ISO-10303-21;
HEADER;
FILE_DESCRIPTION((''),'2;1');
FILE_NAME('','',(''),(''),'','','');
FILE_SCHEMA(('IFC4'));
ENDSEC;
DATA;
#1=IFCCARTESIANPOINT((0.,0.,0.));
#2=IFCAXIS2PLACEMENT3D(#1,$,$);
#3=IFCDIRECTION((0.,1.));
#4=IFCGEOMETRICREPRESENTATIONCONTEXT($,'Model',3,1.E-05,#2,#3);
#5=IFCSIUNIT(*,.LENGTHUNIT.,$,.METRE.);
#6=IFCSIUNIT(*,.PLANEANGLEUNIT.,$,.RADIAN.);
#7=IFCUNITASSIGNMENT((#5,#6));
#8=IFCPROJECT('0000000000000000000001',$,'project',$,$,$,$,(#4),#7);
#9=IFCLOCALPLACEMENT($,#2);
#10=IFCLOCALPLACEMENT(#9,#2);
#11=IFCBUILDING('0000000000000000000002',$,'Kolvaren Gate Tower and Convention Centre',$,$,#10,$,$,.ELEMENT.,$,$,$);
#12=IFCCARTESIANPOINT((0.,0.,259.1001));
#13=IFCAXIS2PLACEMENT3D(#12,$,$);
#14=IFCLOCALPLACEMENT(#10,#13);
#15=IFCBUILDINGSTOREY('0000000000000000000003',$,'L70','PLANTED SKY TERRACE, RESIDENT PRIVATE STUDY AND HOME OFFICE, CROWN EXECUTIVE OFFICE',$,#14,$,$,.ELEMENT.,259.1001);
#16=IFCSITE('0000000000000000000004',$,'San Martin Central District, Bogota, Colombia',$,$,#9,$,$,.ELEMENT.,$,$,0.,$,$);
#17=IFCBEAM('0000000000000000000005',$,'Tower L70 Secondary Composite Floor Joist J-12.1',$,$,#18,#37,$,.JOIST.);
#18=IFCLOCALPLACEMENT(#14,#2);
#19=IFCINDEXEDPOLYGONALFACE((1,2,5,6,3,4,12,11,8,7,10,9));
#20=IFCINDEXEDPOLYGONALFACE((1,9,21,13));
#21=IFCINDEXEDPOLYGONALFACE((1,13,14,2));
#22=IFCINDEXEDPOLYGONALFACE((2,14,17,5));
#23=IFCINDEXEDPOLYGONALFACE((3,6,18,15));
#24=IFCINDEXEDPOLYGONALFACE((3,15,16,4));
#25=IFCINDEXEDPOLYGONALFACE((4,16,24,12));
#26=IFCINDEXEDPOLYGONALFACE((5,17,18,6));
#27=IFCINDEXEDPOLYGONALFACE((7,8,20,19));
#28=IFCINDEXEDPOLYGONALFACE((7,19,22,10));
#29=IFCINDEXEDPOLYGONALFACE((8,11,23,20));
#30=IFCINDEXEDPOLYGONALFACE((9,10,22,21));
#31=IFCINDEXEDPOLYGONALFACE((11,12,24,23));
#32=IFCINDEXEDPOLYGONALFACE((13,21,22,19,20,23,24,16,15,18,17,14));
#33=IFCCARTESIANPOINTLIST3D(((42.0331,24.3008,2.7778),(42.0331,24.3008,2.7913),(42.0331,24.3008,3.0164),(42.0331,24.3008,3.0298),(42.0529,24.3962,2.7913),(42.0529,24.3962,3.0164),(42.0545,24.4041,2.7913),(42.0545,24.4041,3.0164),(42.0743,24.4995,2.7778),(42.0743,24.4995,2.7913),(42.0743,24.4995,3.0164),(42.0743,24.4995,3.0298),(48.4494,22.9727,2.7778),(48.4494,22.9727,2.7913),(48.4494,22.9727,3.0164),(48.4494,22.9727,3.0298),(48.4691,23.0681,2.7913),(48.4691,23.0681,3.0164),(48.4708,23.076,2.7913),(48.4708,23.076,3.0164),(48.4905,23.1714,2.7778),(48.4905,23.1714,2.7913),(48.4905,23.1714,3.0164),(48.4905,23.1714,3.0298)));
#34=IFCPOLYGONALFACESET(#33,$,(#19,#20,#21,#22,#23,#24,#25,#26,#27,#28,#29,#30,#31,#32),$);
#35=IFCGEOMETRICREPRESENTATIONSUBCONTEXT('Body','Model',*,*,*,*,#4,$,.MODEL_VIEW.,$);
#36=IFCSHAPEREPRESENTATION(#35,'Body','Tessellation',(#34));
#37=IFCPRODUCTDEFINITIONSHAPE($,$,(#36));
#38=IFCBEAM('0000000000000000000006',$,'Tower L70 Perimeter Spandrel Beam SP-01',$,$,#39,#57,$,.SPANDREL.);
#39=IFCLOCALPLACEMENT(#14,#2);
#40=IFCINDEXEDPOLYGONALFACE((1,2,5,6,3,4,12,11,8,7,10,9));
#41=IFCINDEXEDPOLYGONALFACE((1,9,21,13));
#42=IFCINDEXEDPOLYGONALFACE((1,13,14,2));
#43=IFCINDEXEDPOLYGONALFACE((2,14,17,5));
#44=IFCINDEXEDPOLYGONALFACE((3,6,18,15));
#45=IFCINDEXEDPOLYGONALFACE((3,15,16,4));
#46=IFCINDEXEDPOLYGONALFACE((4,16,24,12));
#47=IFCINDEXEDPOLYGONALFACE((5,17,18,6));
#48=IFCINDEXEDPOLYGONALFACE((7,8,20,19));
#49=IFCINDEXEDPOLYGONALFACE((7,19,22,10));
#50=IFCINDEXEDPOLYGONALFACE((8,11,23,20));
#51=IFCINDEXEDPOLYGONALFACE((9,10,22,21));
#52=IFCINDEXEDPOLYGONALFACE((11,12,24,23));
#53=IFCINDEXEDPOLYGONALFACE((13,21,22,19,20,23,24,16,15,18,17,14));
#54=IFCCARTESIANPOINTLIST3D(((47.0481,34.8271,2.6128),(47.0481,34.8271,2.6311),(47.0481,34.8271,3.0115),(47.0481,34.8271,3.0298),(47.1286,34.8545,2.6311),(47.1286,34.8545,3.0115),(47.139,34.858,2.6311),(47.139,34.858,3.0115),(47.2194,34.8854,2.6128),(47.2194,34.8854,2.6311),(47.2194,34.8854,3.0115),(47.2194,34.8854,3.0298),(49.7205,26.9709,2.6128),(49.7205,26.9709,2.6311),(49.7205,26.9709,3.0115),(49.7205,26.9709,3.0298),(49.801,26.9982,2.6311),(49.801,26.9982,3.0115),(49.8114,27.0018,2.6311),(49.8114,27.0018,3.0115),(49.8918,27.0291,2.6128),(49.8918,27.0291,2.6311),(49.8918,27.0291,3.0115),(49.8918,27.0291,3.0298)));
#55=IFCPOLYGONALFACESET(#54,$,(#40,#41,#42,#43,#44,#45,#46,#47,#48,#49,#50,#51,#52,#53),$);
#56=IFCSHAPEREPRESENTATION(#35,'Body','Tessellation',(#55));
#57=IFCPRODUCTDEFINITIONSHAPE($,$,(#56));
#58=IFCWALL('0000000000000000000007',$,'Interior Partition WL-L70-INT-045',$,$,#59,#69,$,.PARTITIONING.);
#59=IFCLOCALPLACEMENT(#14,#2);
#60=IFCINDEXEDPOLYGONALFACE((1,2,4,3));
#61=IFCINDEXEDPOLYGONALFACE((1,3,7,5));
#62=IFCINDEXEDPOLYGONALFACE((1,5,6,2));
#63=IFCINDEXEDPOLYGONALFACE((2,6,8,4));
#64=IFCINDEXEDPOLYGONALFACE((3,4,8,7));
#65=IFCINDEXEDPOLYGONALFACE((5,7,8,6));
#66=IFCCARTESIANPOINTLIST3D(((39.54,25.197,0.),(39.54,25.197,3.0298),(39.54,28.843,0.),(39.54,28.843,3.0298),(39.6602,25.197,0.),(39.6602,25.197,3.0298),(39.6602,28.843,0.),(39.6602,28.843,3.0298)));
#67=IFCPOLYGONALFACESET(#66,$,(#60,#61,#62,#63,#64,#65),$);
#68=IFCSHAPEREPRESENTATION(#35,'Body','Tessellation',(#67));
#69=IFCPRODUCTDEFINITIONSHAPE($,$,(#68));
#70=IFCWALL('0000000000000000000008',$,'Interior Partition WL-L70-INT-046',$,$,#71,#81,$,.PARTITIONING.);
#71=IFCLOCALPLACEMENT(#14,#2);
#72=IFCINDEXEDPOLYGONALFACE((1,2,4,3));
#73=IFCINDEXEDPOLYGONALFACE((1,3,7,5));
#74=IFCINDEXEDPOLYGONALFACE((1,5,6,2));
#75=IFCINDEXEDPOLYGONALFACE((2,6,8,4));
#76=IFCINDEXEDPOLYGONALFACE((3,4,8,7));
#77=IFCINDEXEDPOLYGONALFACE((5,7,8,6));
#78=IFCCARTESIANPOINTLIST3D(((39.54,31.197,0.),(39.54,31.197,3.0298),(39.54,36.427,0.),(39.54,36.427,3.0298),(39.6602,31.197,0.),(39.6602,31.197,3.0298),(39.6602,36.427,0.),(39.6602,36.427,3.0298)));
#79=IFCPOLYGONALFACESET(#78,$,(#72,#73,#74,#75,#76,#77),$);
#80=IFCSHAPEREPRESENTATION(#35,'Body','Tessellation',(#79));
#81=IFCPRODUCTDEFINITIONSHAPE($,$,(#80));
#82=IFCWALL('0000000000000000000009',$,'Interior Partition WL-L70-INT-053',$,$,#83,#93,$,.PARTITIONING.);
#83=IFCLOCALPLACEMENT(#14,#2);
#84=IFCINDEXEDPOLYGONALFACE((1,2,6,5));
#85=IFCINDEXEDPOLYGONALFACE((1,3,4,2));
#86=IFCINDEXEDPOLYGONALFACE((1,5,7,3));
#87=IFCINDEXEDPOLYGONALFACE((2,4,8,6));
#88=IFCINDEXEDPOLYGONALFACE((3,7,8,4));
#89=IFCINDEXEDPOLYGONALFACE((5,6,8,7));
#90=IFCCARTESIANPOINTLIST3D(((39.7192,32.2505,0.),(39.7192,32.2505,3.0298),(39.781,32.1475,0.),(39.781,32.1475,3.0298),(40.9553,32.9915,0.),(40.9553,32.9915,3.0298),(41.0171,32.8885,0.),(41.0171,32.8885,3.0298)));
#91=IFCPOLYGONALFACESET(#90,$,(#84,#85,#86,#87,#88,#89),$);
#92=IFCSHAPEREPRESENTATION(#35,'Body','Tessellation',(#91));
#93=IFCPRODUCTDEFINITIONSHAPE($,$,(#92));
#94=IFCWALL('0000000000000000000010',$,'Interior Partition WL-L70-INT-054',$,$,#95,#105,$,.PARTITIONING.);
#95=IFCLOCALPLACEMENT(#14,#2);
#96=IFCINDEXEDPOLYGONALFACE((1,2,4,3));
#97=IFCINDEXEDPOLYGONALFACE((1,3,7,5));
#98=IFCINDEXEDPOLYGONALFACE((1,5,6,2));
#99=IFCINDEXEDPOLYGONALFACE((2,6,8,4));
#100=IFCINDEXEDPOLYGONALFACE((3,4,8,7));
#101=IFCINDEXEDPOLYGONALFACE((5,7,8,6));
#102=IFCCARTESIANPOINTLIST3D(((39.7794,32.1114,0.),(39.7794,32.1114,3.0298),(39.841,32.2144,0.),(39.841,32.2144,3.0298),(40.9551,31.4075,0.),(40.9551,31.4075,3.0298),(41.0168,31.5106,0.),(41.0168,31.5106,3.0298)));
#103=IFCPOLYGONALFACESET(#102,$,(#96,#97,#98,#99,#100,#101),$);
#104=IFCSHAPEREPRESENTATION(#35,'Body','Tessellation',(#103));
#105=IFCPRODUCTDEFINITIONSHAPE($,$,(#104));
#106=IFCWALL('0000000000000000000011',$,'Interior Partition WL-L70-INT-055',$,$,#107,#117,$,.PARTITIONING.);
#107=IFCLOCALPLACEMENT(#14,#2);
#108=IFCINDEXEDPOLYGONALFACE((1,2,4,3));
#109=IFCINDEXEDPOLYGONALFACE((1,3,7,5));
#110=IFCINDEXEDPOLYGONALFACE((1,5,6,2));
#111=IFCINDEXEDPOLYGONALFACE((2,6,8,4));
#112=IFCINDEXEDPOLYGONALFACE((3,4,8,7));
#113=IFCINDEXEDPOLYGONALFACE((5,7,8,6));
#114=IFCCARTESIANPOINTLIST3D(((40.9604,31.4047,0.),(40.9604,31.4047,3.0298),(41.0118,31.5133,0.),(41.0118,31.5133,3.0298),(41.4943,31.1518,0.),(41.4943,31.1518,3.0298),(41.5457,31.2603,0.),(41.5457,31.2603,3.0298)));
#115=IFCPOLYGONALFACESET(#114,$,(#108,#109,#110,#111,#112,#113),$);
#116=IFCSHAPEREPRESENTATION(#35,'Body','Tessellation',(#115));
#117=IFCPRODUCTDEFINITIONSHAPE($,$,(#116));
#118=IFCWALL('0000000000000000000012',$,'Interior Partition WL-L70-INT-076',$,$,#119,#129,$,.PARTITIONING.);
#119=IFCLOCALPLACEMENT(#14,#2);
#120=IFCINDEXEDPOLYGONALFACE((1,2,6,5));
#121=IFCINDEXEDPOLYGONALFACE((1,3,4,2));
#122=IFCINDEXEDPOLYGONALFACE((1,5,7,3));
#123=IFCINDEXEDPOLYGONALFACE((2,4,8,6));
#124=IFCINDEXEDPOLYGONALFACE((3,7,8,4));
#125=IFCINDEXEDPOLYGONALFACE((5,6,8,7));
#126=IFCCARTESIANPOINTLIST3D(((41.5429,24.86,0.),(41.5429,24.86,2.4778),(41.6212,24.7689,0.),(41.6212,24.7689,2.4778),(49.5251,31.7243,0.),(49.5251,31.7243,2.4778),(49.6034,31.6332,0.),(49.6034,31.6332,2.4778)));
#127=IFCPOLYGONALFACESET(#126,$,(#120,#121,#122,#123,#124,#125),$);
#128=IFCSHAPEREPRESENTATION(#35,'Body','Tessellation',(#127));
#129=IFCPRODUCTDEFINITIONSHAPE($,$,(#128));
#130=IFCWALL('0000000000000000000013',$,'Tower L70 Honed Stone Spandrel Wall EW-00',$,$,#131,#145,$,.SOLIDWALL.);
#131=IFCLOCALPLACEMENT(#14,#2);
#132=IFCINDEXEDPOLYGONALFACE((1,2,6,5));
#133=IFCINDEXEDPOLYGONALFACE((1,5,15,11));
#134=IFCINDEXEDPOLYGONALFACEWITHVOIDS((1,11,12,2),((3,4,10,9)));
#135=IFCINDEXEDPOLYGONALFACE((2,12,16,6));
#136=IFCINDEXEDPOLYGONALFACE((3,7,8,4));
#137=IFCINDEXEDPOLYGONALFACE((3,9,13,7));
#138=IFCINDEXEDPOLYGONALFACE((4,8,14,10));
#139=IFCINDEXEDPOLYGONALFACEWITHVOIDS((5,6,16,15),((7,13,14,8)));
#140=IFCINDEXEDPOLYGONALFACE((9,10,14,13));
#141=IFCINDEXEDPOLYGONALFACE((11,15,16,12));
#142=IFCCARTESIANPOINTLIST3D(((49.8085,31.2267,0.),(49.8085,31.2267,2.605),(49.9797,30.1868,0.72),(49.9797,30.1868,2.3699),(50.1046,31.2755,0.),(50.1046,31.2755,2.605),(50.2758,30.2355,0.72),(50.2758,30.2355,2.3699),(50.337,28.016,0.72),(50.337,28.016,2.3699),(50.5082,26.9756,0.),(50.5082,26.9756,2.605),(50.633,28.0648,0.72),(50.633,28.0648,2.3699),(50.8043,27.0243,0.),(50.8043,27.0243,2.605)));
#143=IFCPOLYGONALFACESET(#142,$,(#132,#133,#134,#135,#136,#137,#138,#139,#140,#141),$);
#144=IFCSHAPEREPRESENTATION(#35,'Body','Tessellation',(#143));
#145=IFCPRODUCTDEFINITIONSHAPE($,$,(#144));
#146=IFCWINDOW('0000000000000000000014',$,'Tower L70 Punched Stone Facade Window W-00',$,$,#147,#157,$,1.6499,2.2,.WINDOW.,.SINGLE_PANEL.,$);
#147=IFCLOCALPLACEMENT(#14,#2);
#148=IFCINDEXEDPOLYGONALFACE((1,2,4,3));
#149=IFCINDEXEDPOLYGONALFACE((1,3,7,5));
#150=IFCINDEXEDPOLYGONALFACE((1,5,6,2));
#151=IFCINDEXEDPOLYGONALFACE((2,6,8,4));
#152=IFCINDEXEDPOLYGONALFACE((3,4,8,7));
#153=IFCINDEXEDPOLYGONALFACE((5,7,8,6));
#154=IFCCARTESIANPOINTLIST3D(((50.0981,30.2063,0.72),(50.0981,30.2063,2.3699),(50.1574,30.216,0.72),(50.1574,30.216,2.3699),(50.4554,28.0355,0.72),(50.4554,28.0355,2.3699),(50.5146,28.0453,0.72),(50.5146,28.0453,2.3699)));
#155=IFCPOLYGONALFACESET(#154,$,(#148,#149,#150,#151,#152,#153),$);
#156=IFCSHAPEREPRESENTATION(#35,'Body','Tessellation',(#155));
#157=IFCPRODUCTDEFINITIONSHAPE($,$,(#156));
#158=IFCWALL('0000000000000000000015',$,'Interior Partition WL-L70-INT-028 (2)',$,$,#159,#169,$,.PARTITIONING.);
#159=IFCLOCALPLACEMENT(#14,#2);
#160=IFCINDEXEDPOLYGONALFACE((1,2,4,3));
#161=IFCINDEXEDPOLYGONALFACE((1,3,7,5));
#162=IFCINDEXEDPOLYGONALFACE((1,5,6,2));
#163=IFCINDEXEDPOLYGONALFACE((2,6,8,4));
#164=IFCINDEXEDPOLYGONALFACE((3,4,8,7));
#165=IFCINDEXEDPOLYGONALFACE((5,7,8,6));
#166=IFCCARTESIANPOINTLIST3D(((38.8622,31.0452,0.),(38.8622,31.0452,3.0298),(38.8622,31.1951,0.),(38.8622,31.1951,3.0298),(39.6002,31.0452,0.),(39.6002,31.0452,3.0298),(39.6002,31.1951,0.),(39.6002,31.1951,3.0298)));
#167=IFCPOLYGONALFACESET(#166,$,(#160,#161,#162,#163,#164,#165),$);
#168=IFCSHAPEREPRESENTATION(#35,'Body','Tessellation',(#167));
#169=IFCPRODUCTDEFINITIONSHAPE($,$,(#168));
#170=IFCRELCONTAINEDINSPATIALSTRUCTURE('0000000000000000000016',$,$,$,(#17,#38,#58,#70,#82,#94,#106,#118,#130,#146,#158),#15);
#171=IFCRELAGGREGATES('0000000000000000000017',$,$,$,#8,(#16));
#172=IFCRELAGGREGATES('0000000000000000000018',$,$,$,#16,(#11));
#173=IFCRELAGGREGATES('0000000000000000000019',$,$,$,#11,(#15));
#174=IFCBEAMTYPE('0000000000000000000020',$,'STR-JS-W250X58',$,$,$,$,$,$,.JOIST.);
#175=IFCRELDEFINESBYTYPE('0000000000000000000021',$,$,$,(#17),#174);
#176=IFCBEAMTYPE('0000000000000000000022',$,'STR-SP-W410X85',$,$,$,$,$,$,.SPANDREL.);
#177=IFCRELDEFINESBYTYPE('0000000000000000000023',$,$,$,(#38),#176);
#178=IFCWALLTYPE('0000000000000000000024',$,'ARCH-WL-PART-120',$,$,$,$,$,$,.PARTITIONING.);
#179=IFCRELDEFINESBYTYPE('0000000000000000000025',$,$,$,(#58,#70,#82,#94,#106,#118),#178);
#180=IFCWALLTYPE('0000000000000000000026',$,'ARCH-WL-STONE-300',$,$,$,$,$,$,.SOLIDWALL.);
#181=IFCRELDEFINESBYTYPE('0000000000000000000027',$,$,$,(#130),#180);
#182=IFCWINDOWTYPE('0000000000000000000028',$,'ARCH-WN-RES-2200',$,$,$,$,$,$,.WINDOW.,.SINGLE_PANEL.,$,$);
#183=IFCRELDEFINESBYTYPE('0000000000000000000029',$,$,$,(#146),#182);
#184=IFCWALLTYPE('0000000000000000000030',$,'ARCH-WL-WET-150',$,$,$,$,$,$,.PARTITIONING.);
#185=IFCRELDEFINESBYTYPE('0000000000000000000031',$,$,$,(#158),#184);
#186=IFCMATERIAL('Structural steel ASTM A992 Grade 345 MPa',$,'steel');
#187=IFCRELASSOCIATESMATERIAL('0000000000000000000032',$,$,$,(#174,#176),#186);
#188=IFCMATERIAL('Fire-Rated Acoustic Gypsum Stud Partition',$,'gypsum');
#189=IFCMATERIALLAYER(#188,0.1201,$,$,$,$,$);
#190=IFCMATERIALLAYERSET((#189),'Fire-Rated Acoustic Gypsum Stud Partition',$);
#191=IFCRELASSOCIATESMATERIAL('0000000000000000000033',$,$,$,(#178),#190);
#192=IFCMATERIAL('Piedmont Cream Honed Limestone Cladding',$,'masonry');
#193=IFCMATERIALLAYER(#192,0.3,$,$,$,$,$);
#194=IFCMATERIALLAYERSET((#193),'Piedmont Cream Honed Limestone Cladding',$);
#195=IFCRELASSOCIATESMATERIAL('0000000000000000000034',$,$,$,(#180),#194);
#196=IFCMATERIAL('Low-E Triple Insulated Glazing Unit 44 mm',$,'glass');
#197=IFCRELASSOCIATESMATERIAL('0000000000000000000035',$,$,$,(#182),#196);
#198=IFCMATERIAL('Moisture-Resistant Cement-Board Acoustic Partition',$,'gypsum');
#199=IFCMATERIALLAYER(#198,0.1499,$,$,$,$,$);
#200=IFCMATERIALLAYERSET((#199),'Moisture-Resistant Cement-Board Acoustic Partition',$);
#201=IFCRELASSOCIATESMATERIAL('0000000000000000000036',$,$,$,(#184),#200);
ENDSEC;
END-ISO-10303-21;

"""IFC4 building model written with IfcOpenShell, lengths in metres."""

from ifc_helpers import new_model, si_unit, direction, frame, frame_2d, origin, origin_2d, place, context, subcontext, project, spatial, rectangle, i_section, extrude, material, layer, layer_set, material_profile, profile_set, type_object, element, fill, save


model = new_model("IFC4")

# Units and contexts
model_context = context("Model", 3, precision=1e-05, world=origin(), true_north=direction((0.0, 1.0)))
body_context = subcontext(model_context, "Body", "Model", "MODEL_VIEW")
ifc_project = project(units=[si_unit("LENGTHUNIT", "METRE"), si_unit("PLANEANGLEUNIT", "RADIAN")], contexts=[model_context])

# Site, building, storey
site_placement = place(None, origin())
site = spatial("IfcSite", under=ifc_project, at=site_placement, Name="San Martin Central District, Bogota, Colombia", CompositionType="ELEMENT", RefElevation=0.0)
building_placement = place(site_placement, origin())
building = spatial("IfcBuilding", under=site, at=building_placement, Name="Kolvaren Gate Tower and Convention Centre", CompositionType="ELEMENT")
storey_placement = place(building_placement, frame((0.0, 0.0, 259.1001)))
storey = spatial("IfcBuildingStorey", under=building, at=storey_placement, Name="L70", Description="PLANTED SKY TERRACE, RESIDENT PRIVATE STUDY AND HOME OFFICE, CROWN EXECUTIVE OFFICE", CompositionType="ELEMENT", Elevation=259.1001)

# Beams
ifc_material_1 = material(Name="Structural steel ASTM A992 Grade 345 MPa", Category="steel")
ifc_material_profile_1 = material_profile(ifc_material_1, i_section(OverallWidth=0.2029, OverallDepth=0.252, WebThickness=0.0081, FlangeThickness=0.0134, at=origin_2d()), Name="W250X58")
ifc_profile_set_1 = profile_set([ifc_material_profile_1], Name="Structural steel ASTM A992 Grade 345 MPa")
beam_type_1 = type_object("IfcBeamType", Name="STR-JS-W250X58", PredefinedType="JOIST", material=ifc_profile_set_1)
beam_1_placement = place(storey_placement, frame((42.0537, 24.4001, 2.9038), z_axis=(0.979242, -0.202697, 0.0), x_axis=(0.202697, 0.979242, 0.0)))
element("IfcBeam", 1, at=beam_1_placement, inside=storey, type_object=beam_type_1, Name="Tower L70 Secondary Composite Floor Joist J-12.1", PredefinedType="JOIST", context=body_context, shape_type="SweptSolid", body=[
    extrude(i_section(OverallWidth=0.2029, OverallDepth=0.252, WebThickness=0.0081, FlangeThickness=0.0134, at=origin_2d()), origin(), (0.0, 0.0, 1.0), 6.5522),
])
ifc_material_profile_2 = material_profile(ifc_material_1, i_section(OverallWidth=0.1809, OverallDepth=0.417, WebThickness=0.011, FlangeThickness=0.0183, at=origin_2d()), Name="W410X85")
ifc_profile_set_2 = profile_set([ifc_material_profile_2], Name="Structural steel ASTM A992 Grade 345 MPa")
beam_type_2 = type_object("IfcBeamType", Name="STR-SP-W410X85", PredefinedType="SPANDREL", material=ifc_profile_set_2)
beam_2_placement = place(storey_placement, frame((49.8062, 27.0, 2.8213), z_axis=(-0.322038, 0.946727, 0.0), x_axis=(-0.946727, -0.322038, 0.0)))
element("IfcBeam", 2, at=beam_2_placement, inside=storey, type_object=beam_type_2, Name="Tower L70 Perimeter Spandrel Beam SP-01", PredefinedType="SPANDREL", context=body_context, shape_type="SweptSolid", body=[
    extrude(i_section(OverallWidth=0.1809, OverallDepth=0.417, WebThickness=0.011, FlangeThickness=0.0183, at=origin_2d()), origin(), (0.0, 0.0, 1.0), 8.2983),
])

# Walls
ifc_material_2 = material(Name="Fire-Rated Acoustic Gypsum Stud Partition", Category="gypsum")
ifc_layer_1 = layer(ifc_material_2, 0.1201)
ifc_layer_set_1 = layer_set([ifc_layer_1], Name="Fire-Rated Acoustic Gypsum Stud Partition")
wall_type_1 = type_object("IfcWallType", Name="ARCH-WL-PART-120", PredefinedType="PARTITIONING", material=ifc_layer_set_1)
wall_1_placement = place(storey_placement, frame((39.6001, 25.197, 0.0), z_axis=(0.0, 0.0, 1.0), x_axis=(0.0, 1.0, 0.0)))
element("IfcWall", 3, at=wall_1_placement, inside=storey, type_object=wall_type_1, Name="Interior Partition WL-L70-INT-045", PredefinedType="PARTITIONING", context=body_context, shape_type="SweptSolid", body=[
    extrude(rectangle(XDim=3.646, YDim=0.1201, at=frame_2d((1.823, 0.0))), origin(), (0.0, 0.0, 1.0), 3.0298),
])
wall_2_placement = place(storey_placement, frame((39.6001, 31.197, 0.0), z_axis=(0.0, 0.0, 1.0), x_axis=(0.0, 1.0, 0.0)))
element("IfcWall", 4, at=wall_2_placement, inside=storey, type_object=wall_type_1, Name="Interior Partition WL-L70-INT-046", PredefinedType="PARTITIONING", context=body_context, shape_type="SweptSolid", body=[
    extrude(rectangle(XDim=5.23, YDim=0.1201, at=frame_2d((2.615, 0.0))), origin(), (0.0, 0.0, 1.0), 3.0298),
])
wall_3_placement = place(storey_placement, frame((39.75, 32.199, 0.0), z_axis=(0.0, 0.0, 1.0), x_axis=(0.857702, 0.514147, 0.0)))
element("IfcWall", 5, at=wall_3_placement, inside=storey, type_object=wall_type_1, Name="Interior Partition WL-L70-INT-053", PredefinedType="PARTITIONING", context=body_context, shape_type="SweptSolid", body=[
    extrude(rectangle(XDim=1.4412, YDim=0.1201, at=frame_2d((0.7207, 0.0))), origin(), (0.0, 0.0, 1.0), 3.0298),
])
wall_4_placement = place(storey_placement, frame((39.8103, 32.1628, 0.0), z_axis=(0.0, 0.0, 1.0), x_axis=(0.858011, -0.513631, 0.0)))
element("IfcWall", 6, at=wall_4_placement, inside=storey, type_object=wall_type_1, Name="Interior Partition WL-L70-INT-054", PredefinedType="PARTITIONING", context=body_context, shape_type="SweptSolid", body=[
    extrude(rectangle(XDim=1.3704, YDim=0.1201, at=frame_2d((0.6851, 0.0))), origin(), (0.0, 0.0, 1.0), 3.0298),
])
wall_5_placement = place(storey_placement, frame((40.9861, 31.459, 0.0), z_axis=(0.0, 0.0, 1.0), x_axis=(0.903729, -0.428104, 0.0)))
element("IfcWall", 7, at=wall_5_placement, inside=storey, type_object=wall_type_1, Name="Interior Partition WL-L70-INT-055", PredefinedType="PARTITIONING", context=body_context, shape_type="SweptSolid", body=[
    extrude(rectangle(XDim=0.5908, YDim=0.1201, at=frame_2d((0.2954, 0.0))), origin(), (0.0, 0.0, 1.0), 3.0298),
])
wall_6_placement = place(storey_placement, frame((41.582, 24.8145, 0.0), z_axis=(0.0, 0.0, 1.0), x_axis=(0.758205, 0.652017, 0.0)))
element("IfcWall", 8, at=wall_6_placement, inside=storey, type_object=wall_type_1, Name="Interior Partition WL-L70-INT-076", PredefinedType="PARTITIONING", context=body_context, shape_type="SweptSolid", body=[
    extrude(rectangle(XDim=10.5278, YDim=0.1201, at=frame_2d((5.2639, 0.0))), origin(), (0.0, 0.0, 1.0), 2.4778),
])

# Wall, opening, window
ifc_material_3 = material(Name="Piedmont Cream Honed Limestone Cladding", Category="masonry")
ifc_layer_2 = layer(ifc_material_3, 0.3)
ifc_layer_set_2 = layer_set([ifc_layer_2], Name="Piedmont Cream Honed Limestone Cladding")
wall_type_2 = type_object("IfcWallType", Name="ARCH-WL-STONE-300", PredefinedType="SOLIDWALL", material=ifc_layer_set_2)
wall_7_placement = place(storey_placement, frame((49.9565, 31.2512, 0.0), z_axis=(0.0, 0.0, 1.0), x_axis=(0.162405, -0.986724, 0.0)))
wall_7 = element("IfcWall", 9, at=wall_7_placement, inside=storey, type_object=wall_type_2, Name="Tower L70 Honed Stone Spandrel Wall EW-00", PredefinedType="SOLIDWALL", context=body_context, shape_type="SweptSolid", body=[
    extrude(rectangle(XDim=4.3083, YDim=0.3, at=frame_2d((2.1543, 0.0))), origin(), (0.0, 0.0, 1.0), 2.605),
])
opening_placement = place(wall_7_placement, frame((1.054, 0.0, 0.72)))
opening = element("IfcOpeningElement", 10, at=opening_placement, cuts=wall_7, PredefinedType="OPENING", context=body_context, shape_type="SweptSolid", body=[
    extrude(rectangle(XDim=2.2, YDim=1.6499, at=frame_2d((1.1001, 0.825))), frame((0.0, 0.1599, 0.0), z_axis=(0.0, -1.0, 0.0), x_axis=(1.0, 0.0, 0.0)), (0.0, 0.0, 1.0), 0.3201),
])
ifc_material_4 = material(Name="Low-E Triple Insulated Glazing Unit 44 mm", Category="glass")
window_type = type_object("IfcWindowType", Name="ARCH-WN-RES-2200", PartitioningType="SINGLE_PANEL", PredefinedType="WINDOW", material=ifc_material_4)
window_placement = place(opening_placement, origin())
window = element("IfcWindow", 11, at=window_placement, inside=storey, type_object=window_type, Name="Tower L70 Punched Stone Facade Window W-00", OverallHeight=1.6499, OverallWidth=2.2, PartitioningType="SINGLE_PANEL", PredefinedType="WINDOW", context=body_context, shape_type="SweptSolid", body=[
    extrude(rectangle(XDim=2.2, YDim=1.6499, at=frame_2d((1.1001, 0.825))), frame((0.0, 0.03, 0.0), z_axis=(0.0, -1.0, 0.0), x_axis=(1.0, 0.0, 0.0)), (0.0, 0.0, 1.0), 0.0601),
])
fill(opening, window)

# Wall
ifc_material_5 = material(Name="Moisture-Resistant Cement-Board Acoustic Partition", Category="gypsum")
ifc_layer_3 = layer(ifc_material_5, 0.1499)
ifc_layer_set_3 = layer_set([ifc_layer_3], Name="Moisture-Resistant Cement-Board Acoustic Partition")
wall_type_3 = type_object("IfcWallType", Name="ARCH-WL-WET-150", PredefinedType="PARTITIONING", material=ifc_layer_set_3)
wall_8_placement = place(storey_placement, frame((38.8621, 31.1201, 0.0), z_axis=(0.0, 0.0, 1.0), x_axis=(1.0, 0.0, 0.0)))
element("IfcWall", 12, at=wall_8_placement, inside=storey, type_object=wall_type_3, Name="Interior Partition WL-L70-INT-028 (2)", PredefinedType="PARTITIONING", context=body_context, shape_type="SweptSolid", body=[
    extrude(rectangle(XDim=0.738, YDim=0.1499, at=frame_2d((0.3691, 0.0))), origin(), (0.0, 0.0, 1.0), 3.0298),
])

save(model, "model.ifc")
